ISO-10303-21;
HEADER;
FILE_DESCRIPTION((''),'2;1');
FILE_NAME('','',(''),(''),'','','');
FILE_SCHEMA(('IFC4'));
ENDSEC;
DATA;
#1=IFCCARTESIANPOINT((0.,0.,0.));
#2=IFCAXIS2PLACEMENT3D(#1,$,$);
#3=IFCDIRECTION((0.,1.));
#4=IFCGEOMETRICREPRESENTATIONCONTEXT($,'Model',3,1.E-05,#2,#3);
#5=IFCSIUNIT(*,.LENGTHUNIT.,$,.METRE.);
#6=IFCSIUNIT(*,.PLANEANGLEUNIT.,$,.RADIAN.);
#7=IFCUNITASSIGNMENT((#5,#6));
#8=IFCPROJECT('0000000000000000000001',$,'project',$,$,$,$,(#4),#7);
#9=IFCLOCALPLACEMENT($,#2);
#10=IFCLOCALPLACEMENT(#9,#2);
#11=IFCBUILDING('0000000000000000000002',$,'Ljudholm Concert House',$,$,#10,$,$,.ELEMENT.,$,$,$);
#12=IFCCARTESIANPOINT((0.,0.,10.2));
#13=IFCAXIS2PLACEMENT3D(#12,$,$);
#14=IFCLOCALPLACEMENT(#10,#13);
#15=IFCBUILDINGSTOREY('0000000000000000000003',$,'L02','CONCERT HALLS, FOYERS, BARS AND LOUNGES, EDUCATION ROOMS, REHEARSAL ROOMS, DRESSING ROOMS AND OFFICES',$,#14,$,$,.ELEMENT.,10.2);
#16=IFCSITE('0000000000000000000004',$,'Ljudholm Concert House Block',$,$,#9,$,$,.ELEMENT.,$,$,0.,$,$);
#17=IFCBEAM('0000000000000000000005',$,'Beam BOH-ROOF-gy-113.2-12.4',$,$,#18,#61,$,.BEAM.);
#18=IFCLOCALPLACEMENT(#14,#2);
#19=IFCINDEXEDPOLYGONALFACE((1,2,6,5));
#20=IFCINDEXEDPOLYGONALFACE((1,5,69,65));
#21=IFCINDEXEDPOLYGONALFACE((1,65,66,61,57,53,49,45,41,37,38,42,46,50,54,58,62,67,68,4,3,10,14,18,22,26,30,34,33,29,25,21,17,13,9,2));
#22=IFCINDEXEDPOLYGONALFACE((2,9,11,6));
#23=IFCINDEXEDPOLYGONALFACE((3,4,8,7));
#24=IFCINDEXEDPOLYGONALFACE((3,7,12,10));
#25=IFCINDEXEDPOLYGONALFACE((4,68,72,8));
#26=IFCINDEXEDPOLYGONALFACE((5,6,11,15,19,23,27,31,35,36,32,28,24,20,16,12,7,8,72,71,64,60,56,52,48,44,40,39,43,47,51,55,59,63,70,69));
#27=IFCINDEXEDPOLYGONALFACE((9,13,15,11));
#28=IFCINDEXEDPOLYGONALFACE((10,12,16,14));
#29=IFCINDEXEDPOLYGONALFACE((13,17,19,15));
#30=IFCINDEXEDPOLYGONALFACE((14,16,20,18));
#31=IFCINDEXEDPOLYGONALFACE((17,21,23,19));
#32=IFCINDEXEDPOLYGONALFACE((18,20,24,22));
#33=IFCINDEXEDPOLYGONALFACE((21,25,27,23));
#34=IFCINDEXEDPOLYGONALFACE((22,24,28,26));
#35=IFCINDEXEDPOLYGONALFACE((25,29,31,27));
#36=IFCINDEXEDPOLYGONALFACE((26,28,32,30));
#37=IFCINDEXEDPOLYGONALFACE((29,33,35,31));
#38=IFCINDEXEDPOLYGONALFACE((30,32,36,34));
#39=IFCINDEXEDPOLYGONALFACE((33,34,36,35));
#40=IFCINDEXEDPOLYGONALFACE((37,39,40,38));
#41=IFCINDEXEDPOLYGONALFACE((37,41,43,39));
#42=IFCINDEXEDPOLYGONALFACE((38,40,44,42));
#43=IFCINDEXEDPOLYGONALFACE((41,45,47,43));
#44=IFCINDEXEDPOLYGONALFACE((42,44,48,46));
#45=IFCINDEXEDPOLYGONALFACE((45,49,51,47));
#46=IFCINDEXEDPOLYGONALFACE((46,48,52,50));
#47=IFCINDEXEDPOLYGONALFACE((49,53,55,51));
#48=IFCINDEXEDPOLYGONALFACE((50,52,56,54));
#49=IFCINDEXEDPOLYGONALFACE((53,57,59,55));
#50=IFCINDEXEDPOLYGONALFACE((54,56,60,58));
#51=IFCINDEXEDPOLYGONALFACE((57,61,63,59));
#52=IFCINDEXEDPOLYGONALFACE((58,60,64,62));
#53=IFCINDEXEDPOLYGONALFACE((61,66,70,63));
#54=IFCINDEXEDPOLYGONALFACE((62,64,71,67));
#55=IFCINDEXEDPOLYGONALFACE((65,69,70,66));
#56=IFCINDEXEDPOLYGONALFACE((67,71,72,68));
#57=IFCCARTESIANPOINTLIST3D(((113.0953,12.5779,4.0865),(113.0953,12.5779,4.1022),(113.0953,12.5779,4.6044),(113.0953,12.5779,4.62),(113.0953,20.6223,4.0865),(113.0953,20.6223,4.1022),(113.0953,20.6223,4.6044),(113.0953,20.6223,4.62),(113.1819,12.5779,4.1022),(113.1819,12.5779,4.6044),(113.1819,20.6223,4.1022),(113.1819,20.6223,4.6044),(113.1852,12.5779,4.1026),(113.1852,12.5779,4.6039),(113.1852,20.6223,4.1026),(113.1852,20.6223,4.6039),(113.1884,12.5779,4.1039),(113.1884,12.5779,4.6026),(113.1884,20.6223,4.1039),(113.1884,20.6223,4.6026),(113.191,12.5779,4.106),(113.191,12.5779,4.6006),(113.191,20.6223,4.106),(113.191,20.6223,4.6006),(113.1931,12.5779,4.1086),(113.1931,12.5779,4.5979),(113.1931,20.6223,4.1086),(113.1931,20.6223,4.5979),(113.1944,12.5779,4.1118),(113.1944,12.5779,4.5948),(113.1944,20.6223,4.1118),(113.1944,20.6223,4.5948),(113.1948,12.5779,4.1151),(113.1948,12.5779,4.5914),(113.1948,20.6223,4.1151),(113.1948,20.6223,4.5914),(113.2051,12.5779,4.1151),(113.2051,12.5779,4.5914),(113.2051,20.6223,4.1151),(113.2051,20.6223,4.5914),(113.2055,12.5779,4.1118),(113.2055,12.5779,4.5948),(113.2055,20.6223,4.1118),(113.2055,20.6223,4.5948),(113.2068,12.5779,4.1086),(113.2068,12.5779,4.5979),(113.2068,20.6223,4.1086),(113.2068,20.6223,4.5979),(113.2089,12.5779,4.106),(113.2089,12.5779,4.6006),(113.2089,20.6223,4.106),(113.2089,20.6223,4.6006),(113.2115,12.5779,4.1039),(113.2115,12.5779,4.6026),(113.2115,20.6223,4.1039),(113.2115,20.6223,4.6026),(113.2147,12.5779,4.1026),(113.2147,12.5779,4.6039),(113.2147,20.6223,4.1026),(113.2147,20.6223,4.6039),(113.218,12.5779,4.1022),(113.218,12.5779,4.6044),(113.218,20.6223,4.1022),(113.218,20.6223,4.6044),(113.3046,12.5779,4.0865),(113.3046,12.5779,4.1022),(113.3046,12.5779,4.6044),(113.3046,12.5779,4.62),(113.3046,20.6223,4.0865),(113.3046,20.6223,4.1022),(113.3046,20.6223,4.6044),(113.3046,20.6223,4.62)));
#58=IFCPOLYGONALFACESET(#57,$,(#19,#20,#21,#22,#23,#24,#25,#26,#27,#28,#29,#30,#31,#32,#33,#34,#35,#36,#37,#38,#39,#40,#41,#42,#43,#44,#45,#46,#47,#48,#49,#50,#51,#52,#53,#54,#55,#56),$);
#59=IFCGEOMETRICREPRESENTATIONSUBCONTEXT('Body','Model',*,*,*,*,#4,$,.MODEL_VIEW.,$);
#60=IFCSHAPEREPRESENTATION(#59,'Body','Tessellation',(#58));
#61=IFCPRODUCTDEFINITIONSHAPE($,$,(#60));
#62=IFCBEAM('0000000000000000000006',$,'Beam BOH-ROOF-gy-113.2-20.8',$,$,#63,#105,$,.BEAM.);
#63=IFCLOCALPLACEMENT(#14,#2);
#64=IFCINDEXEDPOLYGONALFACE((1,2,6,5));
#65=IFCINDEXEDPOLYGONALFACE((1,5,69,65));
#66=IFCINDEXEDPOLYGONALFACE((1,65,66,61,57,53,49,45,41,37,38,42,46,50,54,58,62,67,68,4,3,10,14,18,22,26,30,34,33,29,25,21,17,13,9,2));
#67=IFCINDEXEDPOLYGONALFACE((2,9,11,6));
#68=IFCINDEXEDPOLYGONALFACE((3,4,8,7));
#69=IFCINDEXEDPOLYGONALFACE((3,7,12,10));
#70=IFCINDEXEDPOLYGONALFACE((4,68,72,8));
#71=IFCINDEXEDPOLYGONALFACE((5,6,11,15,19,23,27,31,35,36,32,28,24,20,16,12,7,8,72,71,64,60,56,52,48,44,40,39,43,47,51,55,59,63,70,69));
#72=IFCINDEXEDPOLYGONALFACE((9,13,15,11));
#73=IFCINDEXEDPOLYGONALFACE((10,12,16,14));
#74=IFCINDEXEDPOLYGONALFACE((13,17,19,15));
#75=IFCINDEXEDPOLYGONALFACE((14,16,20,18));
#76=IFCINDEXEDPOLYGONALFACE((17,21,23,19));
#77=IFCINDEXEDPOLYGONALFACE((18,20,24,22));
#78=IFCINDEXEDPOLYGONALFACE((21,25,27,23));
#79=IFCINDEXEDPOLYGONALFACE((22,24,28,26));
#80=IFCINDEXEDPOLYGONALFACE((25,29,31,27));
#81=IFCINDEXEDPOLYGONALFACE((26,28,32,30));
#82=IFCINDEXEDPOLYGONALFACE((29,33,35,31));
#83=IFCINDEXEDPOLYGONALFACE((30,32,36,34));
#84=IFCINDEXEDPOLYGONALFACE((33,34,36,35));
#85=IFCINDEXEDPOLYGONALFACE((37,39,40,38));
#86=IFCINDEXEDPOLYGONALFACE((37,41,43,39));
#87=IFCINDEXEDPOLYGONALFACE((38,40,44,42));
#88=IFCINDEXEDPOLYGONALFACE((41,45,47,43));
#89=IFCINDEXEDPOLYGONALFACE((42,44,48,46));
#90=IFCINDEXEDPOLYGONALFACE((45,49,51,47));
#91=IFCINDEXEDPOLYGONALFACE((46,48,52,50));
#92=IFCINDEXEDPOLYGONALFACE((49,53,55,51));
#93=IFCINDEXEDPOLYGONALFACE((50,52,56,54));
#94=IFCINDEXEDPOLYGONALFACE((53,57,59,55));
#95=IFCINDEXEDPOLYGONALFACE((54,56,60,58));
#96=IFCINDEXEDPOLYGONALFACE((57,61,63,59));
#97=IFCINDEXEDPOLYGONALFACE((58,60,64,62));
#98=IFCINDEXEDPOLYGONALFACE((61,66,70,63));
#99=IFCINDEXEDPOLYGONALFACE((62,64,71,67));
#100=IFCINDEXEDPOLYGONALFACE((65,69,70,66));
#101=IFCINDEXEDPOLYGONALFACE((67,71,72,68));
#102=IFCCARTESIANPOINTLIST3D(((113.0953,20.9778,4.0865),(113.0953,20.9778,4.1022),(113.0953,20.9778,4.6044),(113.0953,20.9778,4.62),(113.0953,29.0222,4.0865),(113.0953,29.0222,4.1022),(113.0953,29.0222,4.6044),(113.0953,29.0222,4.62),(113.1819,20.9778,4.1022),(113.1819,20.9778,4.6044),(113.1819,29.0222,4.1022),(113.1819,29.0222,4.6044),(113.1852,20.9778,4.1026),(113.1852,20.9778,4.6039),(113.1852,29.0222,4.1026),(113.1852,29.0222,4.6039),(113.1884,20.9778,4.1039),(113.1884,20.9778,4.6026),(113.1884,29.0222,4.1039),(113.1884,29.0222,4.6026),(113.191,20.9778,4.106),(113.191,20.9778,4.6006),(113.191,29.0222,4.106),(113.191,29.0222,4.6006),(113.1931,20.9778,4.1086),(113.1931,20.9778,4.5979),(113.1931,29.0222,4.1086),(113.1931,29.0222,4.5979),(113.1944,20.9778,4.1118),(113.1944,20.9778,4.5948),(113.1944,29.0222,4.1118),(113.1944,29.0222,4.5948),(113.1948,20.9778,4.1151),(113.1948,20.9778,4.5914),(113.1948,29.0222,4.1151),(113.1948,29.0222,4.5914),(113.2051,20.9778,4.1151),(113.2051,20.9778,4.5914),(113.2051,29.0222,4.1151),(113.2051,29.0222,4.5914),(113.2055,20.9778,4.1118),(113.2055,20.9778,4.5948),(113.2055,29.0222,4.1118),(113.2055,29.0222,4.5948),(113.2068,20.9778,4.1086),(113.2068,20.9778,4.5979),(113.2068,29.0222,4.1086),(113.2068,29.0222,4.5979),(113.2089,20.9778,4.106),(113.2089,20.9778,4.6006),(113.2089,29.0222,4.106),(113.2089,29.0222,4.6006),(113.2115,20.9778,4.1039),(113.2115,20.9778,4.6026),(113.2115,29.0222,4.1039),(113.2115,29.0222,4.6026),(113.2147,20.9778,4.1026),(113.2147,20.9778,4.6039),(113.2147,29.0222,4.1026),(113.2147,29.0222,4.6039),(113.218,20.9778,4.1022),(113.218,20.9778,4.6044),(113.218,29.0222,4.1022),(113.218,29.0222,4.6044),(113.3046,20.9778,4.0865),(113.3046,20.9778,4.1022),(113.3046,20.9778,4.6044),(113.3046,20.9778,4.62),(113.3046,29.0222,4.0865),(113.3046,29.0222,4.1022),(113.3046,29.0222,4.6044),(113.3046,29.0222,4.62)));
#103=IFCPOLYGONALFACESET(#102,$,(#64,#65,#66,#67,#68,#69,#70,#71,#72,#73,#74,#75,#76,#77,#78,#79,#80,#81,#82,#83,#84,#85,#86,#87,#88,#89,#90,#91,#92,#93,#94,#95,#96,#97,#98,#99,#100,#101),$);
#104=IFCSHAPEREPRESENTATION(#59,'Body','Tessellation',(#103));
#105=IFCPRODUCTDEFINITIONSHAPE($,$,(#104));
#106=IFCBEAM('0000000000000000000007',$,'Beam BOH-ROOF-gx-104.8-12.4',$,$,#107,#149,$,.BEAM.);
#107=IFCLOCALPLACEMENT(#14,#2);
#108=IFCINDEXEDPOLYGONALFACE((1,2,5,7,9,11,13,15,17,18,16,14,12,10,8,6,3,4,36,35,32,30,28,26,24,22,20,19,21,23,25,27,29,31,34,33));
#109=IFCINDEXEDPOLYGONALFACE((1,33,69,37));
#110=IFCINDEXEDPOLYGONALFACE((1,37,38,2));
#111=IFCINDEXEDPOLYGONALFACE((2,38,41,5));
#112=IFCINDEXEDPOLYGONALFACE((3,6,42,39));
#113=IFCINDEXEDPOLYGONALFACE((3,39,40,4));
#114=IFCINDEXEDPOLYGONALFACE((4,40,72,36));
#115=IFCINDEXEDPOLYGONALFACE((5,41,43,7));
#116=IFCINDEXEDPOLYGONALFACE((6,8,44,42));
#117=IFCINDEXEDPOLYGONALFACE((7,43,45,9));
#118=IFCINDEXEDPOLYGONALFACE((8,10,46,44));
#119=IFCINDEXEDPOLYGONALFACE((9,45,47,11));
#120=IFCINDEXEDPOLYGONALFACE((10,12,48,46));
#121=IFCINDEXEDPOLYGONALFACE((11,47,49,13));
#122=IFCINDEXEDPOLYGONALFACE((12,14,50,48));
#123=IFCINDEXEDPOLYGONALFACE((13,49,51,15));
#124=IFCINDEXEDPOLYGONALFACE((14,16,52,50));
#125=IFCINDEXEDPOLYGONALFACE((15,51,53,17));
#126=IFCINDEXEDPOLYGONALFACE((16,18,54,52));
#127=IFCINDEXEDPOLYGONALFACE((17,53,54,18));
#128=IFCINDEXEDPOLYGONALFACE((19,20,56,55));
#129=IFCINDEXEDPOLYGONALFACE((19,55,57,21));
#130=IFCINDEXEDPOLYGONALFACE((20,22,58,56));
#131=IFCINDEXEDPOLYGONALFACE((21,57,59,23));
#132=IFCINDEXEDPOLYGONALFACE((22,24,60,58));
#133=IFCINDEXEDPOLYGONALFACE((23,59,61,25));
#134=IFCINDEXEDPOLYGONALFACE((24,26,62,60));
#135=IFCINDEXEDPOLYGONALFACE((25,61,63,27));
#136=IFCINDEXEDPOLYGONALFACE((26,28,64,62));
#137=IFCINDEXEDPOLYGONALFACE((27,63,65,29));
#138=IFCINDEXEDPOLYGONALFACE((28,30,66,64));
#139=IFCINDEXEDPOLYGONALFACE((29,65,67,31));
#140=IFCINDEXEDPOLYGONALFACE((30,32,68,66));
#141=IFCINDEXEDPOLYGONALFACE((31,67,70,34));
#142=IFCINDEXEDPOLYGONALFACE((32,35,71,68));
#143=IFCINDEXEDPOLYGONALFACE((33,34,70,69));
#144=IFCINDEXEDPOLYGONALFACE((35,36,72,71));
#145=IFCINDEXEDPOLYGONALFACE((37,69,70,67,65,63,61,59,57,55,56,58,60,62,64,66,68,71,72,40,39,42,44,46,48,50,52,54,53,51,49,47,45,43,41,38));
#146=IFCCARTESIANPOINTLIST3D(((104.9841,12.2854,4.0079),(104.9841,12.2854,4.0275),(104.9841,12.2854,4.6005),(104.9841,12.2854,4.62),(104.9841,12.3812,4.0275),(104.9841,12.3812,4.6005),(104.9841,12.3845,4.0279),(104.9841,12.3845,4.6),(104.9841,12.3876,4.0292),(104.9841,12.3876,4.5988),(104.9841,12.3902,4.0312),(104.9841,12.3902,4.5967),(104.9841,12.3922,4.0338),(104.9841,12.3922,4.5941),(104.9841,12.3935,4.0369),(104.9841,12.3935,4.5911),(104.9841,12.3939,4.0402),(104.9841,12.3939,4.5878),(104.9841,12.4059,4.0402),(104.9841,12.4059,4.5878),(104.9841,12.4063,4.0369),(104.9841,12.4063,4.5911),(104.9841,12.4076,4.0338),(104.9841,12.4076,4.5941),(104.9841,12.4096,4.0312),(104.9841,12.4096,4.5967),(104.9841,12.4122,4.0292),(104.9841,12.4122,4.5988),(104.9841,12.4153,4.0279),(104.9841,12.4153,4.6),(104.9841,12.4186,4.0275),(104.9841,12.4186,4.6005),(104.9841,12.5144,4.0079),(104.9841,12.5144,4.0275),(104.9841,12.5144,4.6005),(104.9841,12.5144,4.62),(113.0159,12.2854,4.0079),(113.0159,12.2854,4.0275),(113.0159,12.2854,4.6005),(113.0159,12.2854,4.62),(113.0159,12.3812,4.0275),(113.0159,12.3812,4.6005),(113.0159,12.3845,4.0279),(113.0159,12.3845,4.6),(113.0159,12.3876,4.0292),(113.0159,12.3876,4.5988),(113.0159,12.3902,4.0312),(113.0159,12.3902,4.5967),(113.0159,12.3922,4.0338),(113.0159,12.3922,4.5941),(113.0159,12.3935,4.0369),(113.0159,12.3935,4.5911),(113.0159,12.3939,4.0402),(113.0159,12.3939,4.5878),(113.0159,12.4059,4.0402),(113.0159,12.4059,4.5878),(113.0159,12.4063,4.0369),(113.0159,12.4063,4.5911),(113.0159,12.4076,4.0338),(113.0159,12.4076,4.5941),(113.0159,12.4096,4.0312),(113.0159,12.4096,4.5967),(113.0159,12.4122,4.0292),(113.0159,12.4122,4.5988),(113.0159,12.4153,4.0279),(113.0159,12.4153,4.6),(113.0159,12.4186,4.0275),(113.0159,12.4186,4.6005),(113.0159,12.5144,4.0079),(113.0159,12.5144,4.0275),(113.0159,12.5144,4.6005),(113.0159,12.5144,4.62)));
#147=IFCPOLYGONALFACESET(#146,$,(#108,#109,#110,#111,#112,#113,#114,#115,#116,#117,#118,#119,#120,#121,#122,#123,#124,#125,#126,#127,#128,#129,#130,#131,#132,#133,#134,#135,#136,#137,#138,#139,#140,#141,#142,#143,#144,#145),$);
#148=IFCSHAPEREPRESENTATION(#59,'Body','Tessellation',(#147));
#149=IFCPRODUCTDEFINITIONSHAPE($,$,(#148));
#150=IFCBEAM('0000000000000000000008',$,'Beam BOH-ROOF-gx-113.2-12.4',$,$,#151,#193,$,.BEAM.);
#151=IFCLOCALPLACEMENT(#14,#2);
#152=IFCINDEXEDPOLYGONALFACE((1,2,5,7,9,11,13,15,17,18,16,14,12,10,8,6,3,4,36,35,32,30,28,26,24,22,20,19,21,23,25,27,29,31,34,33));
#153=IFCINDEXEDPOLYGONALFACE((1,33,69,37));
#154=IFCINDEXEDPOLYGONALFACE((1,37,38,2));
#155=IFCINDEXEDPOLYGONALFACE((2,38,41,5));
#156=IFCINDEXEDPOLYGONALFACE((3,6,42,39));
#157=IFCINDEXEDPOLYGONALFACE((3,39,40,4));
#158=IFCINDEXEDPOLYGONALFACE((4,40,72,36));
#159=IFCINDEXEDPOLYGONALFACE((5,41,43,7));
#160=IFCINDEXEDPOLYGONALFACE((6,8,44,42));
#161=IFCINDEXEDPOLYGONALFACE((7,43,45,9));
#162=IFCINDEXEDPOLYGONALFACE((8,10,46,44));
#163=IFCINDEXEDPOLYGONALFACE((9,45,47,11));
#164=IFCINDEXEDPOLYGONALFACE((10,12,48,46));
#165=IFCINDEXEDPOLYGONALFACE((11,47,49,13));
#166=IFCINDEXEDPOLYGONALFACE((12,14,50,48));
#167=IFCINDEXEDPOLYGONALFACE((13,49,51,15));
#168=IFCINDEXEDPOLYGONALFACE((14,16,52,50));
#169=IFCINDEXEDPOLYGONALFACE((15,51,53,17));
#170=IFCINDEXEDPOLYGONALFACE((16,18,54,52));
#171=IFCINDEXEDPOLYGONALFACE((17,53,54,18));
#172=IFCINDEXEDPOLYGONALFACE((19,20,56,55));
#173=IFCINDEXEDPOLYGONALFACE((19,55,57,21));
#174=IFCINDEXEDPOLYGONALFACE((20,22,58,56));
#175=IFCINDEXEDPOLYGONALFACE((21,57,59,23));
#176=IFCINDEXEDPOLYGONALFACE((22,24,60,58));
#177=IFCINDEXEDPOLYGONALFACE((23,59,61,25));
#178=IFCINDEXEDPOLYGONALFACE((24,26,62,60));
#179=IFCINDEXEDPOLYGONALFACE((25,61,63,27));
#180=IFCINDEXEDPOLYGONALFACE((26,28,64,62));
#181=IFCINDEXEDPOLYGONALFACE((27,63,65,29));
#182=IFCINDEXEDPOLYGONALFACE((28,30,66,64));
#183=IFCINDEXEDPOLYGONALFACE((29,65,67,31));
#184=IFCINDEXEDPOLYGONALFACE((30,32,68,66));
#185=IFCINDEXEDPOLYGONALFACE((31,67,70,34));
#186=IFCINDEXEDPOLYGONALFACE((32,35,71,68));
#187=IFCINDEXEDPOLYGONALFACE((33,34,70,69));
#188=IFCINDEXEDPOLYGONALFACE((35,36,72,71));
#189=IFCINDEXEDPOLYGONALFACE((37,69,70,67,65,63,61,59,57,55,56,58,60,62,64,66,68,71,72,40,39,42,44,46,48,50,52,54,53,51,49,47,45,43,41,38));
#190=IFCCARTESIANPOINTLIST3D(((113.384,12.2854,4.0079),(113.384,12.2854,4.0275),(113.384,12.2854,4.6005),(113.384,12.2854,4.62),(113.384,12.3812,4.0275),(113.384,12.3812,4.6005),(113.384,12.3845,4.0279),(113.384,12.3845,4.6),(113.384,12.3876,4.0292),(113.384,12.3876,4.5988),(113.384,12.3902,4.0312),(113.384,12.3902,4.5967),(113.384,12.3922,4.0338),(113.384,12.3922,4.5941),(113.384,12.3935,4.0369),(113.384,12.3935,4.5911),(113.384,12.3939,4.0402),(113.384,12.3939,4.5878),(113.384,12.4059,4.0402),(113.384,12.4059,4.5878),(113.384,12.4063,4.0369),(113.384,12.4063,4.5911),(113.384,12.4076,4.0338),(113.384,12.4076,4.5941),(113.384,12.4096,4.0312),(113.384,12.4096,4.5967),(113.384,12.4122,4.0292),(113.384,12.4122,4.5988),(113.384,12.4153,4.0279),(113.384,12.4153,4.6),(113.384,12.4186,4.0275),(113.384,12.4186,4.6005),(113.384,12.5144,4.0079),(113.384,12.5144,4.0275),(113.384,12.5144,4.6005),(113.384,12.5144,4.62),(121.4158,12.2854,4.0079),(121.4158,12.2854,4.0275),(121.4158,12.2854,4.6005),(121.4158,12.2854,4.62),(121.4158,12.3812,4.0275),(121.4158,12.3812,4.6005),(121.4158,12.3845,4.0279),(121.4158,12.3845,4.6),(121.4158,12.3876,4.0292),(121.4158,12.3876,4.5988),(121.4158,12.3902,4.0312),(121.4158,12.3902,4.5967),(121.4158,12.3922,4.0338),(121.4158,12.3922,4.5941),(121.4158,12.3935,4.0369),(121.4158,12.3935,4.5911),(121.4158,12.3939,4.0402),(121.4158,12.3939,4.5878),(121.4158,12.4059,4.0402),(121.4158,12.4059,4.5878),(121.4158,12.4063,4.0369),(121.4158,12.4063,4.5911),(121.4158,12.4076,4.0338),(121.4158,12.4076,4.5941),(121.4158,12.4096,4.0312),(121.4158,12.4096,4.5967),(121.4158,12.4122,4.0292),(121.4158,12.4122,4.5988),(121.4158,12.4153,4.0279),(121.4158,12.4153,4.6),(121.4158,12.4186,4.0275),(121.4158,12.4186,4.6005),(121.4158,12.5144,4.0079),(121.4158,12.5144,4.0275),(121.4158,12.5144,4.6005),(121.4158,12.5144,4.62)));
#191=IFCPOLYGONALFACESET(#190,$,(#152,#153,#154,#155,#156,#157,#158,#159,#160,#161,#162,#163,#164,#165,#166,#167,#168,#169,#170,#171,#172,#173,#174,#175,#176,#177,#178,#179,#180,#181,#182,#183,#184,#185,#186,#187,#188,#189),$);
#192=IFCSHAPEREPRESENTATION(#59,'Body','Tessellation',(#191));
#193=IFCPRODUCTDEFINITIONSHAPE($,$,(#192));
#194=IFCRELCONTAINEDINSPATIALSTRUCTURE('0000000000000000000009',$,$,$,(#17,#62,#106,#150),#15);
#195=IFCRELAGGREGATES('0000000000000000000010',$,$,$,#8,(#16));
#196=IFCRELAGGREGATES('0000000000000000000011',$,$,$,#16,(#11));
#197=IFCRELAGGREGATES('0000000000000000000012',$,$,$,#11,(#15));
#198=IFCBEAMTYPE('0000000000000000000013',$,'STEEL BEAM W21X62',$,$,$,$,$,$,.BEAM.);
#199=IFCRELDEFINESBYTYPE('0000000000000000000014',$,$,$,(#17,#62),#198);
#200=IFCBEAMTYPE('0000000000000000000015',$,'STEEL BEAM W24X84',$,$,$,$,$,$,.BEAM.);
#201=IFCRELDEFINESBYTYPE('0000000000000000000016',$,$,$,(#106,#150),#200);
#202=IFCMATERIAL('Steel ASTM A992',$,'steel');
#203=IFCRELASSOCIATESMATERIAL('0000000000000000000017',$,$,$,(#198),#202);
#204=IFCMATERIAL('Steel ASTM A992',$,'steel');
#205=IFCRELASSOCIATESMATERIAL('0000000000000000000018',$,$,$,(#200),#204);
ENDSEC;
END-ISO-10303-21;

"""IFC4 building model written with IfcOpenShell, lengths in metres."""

from ifc_helpers import new_model, si_unit, direction, frame, origin, origin_2d, place, context, subcontext, project, spatial, i_section, extrude, material, material_profile, profile_set, type_object, element, save


model = new_model("IFC4")

# Units and contexts
model_context = context("Model", 3, precision=1e-05, world=origin(), true_north=direction((0.0, 1.0)))
body_context = subcontext(model_context, "Body", "Model", "MODEL_VIEW")
ifc_project = project(units=[si_unit("LENGTHUNIT", "METRE"), si_unit("PLANEANGLEUNIT", "RADIAN")], contexts=[model_context])

# Site, building, storey
site_placement = place(None, origin())
site = spatial("IfcSite", under=ifc_project, at=site_placement, Name="Ljudholm Concert House Block", CompositionType="ELEMENT", RefElevation=0.0)
building_placement = place(site_placement, origin())
building = spatial("IfcBuilding", under=site, at=building_placement, Name="Ljudholm Concert House", CompositionType="ELEMENT")
storey_placement = place(building_placement, frame((0.0, 0.0, 10.2)))
storey = spatial("IfcBuildingStorey", under=building, at=storey_placement, Name="L02", Description="CONCERT HALLS, FOYERS, BARS AND LOUNGES, EDUCATION ROOMS, REHEARSAL ROOMS, DRESSING ROOMS AND OFFICES", CompositionType="ELEMENT", Elevation=10.2)

# Beams
ifc_material_1 = material(Name="Steel ASTM A992", Category="steel")
ifc_material_profile_1 = material_profile(ifc_material_1, i_section(OverallWidth=0.2092, OverallDepth=0.5334, WebThickness=0.0103, FlangeThickness=0.0156, FilletRadius=0.0129, at=origin_2d()), Name="W21X62")
ifc_profile_set_1 = profile_set([ifc_material_profile_1], Name="Steel ASTM A992")
beam_type_1 = type_object("IfcBeamType", Name="STEEL BEAM W21X62", PredefinedType="BEAM", material=ifc_profile_set_1)
for number, where, z_axis, x_axis, name in (
    (1, (113.2, 12.5779, 4.3533), (0.0, 1.0, 0.0), (-1.0, 0.0, 0.0), "Beam BOH-ROOF-gy-113.2-12.4"),
    (2, (113.2, 20.9778, 4.3533), (0.0, 1.0, 0.0), (-1.0, 0.0, 0.0), "Beam BOH-ROOF-gy-113.2-20.8"),
):
    element("IfcBeam", number, at=place(storey_placement, frame(where, z_axis=z_axis, x_axis=x_axis)), inside=storey, type_object=beam_type_1, Name=name, PredefinedType="BEAM", context=body_context, shape_type="SweptSolid", body=[
        extrude(i_section(OverallWidth=0.2092, OverallDepth=0.5334, WebThickness=0.0103, FlangeThickness=0.0156, FilletRadius=0.0129, at=origin_2d()), origin(), (0.0, 0.0, 1.0), 8.0444),
    ])
ifc_material_2 = material(Name="Steel ASTM A992", Category="steel")
ifc_material_profile_2 = material_profile(ifc_material_2, i_section(OverallWidth=0.229, OverallDepth=0.6121, WebThickness=0.012, FlangeThickness=0.0195, FilletRadius=0.0127, at=origin_2d()), Name="W24X84")
ifc_profile_set_2 = profile_set([ifc_material_profile_2], Name="Steel ASTM A992")
beam_type_2 = type_object("IfcBeamType", Name="STEEL BEAM W24X84", PredefinedType="BEAM", material=ifc_profile_set_2)
for number, where, z_axis, x_axis, name in (
    (3, (104.9841, 12.3999, 4.314), (1.0, 0.0, 0.0), (0.0, 1.0, 0.0), "Beam BOH-ROOF-gx-104.8-12.4"),
    (4, (113.384, 12.3999, 4.314), (1.0, 0.0, 0.0), (0.0, 1.0, 0.0), "Beam BOH-ROOF-gx-113.2-12.4"),
):
    element("IfcBeam", number, at=place(storey_placement, frame(where, z_axis=z_axis, x_axis=x_axis)), inside=storey, type_object=beam_type_2, Name=name, PredefinedType="BEAM", context=body_context, shape_type="SweptSolid", body=[
        extrude(i_section(OverallWidth=0.229, OverallDepth=0.6121, WebThickness=0.012, FlangeThickness=0.0195, FilletRadius=0.0127, at=origin_2d()), origin(), (0.0, 0.0, 1.0), 8.0317),
    ])

save(model, "model.ifc")
